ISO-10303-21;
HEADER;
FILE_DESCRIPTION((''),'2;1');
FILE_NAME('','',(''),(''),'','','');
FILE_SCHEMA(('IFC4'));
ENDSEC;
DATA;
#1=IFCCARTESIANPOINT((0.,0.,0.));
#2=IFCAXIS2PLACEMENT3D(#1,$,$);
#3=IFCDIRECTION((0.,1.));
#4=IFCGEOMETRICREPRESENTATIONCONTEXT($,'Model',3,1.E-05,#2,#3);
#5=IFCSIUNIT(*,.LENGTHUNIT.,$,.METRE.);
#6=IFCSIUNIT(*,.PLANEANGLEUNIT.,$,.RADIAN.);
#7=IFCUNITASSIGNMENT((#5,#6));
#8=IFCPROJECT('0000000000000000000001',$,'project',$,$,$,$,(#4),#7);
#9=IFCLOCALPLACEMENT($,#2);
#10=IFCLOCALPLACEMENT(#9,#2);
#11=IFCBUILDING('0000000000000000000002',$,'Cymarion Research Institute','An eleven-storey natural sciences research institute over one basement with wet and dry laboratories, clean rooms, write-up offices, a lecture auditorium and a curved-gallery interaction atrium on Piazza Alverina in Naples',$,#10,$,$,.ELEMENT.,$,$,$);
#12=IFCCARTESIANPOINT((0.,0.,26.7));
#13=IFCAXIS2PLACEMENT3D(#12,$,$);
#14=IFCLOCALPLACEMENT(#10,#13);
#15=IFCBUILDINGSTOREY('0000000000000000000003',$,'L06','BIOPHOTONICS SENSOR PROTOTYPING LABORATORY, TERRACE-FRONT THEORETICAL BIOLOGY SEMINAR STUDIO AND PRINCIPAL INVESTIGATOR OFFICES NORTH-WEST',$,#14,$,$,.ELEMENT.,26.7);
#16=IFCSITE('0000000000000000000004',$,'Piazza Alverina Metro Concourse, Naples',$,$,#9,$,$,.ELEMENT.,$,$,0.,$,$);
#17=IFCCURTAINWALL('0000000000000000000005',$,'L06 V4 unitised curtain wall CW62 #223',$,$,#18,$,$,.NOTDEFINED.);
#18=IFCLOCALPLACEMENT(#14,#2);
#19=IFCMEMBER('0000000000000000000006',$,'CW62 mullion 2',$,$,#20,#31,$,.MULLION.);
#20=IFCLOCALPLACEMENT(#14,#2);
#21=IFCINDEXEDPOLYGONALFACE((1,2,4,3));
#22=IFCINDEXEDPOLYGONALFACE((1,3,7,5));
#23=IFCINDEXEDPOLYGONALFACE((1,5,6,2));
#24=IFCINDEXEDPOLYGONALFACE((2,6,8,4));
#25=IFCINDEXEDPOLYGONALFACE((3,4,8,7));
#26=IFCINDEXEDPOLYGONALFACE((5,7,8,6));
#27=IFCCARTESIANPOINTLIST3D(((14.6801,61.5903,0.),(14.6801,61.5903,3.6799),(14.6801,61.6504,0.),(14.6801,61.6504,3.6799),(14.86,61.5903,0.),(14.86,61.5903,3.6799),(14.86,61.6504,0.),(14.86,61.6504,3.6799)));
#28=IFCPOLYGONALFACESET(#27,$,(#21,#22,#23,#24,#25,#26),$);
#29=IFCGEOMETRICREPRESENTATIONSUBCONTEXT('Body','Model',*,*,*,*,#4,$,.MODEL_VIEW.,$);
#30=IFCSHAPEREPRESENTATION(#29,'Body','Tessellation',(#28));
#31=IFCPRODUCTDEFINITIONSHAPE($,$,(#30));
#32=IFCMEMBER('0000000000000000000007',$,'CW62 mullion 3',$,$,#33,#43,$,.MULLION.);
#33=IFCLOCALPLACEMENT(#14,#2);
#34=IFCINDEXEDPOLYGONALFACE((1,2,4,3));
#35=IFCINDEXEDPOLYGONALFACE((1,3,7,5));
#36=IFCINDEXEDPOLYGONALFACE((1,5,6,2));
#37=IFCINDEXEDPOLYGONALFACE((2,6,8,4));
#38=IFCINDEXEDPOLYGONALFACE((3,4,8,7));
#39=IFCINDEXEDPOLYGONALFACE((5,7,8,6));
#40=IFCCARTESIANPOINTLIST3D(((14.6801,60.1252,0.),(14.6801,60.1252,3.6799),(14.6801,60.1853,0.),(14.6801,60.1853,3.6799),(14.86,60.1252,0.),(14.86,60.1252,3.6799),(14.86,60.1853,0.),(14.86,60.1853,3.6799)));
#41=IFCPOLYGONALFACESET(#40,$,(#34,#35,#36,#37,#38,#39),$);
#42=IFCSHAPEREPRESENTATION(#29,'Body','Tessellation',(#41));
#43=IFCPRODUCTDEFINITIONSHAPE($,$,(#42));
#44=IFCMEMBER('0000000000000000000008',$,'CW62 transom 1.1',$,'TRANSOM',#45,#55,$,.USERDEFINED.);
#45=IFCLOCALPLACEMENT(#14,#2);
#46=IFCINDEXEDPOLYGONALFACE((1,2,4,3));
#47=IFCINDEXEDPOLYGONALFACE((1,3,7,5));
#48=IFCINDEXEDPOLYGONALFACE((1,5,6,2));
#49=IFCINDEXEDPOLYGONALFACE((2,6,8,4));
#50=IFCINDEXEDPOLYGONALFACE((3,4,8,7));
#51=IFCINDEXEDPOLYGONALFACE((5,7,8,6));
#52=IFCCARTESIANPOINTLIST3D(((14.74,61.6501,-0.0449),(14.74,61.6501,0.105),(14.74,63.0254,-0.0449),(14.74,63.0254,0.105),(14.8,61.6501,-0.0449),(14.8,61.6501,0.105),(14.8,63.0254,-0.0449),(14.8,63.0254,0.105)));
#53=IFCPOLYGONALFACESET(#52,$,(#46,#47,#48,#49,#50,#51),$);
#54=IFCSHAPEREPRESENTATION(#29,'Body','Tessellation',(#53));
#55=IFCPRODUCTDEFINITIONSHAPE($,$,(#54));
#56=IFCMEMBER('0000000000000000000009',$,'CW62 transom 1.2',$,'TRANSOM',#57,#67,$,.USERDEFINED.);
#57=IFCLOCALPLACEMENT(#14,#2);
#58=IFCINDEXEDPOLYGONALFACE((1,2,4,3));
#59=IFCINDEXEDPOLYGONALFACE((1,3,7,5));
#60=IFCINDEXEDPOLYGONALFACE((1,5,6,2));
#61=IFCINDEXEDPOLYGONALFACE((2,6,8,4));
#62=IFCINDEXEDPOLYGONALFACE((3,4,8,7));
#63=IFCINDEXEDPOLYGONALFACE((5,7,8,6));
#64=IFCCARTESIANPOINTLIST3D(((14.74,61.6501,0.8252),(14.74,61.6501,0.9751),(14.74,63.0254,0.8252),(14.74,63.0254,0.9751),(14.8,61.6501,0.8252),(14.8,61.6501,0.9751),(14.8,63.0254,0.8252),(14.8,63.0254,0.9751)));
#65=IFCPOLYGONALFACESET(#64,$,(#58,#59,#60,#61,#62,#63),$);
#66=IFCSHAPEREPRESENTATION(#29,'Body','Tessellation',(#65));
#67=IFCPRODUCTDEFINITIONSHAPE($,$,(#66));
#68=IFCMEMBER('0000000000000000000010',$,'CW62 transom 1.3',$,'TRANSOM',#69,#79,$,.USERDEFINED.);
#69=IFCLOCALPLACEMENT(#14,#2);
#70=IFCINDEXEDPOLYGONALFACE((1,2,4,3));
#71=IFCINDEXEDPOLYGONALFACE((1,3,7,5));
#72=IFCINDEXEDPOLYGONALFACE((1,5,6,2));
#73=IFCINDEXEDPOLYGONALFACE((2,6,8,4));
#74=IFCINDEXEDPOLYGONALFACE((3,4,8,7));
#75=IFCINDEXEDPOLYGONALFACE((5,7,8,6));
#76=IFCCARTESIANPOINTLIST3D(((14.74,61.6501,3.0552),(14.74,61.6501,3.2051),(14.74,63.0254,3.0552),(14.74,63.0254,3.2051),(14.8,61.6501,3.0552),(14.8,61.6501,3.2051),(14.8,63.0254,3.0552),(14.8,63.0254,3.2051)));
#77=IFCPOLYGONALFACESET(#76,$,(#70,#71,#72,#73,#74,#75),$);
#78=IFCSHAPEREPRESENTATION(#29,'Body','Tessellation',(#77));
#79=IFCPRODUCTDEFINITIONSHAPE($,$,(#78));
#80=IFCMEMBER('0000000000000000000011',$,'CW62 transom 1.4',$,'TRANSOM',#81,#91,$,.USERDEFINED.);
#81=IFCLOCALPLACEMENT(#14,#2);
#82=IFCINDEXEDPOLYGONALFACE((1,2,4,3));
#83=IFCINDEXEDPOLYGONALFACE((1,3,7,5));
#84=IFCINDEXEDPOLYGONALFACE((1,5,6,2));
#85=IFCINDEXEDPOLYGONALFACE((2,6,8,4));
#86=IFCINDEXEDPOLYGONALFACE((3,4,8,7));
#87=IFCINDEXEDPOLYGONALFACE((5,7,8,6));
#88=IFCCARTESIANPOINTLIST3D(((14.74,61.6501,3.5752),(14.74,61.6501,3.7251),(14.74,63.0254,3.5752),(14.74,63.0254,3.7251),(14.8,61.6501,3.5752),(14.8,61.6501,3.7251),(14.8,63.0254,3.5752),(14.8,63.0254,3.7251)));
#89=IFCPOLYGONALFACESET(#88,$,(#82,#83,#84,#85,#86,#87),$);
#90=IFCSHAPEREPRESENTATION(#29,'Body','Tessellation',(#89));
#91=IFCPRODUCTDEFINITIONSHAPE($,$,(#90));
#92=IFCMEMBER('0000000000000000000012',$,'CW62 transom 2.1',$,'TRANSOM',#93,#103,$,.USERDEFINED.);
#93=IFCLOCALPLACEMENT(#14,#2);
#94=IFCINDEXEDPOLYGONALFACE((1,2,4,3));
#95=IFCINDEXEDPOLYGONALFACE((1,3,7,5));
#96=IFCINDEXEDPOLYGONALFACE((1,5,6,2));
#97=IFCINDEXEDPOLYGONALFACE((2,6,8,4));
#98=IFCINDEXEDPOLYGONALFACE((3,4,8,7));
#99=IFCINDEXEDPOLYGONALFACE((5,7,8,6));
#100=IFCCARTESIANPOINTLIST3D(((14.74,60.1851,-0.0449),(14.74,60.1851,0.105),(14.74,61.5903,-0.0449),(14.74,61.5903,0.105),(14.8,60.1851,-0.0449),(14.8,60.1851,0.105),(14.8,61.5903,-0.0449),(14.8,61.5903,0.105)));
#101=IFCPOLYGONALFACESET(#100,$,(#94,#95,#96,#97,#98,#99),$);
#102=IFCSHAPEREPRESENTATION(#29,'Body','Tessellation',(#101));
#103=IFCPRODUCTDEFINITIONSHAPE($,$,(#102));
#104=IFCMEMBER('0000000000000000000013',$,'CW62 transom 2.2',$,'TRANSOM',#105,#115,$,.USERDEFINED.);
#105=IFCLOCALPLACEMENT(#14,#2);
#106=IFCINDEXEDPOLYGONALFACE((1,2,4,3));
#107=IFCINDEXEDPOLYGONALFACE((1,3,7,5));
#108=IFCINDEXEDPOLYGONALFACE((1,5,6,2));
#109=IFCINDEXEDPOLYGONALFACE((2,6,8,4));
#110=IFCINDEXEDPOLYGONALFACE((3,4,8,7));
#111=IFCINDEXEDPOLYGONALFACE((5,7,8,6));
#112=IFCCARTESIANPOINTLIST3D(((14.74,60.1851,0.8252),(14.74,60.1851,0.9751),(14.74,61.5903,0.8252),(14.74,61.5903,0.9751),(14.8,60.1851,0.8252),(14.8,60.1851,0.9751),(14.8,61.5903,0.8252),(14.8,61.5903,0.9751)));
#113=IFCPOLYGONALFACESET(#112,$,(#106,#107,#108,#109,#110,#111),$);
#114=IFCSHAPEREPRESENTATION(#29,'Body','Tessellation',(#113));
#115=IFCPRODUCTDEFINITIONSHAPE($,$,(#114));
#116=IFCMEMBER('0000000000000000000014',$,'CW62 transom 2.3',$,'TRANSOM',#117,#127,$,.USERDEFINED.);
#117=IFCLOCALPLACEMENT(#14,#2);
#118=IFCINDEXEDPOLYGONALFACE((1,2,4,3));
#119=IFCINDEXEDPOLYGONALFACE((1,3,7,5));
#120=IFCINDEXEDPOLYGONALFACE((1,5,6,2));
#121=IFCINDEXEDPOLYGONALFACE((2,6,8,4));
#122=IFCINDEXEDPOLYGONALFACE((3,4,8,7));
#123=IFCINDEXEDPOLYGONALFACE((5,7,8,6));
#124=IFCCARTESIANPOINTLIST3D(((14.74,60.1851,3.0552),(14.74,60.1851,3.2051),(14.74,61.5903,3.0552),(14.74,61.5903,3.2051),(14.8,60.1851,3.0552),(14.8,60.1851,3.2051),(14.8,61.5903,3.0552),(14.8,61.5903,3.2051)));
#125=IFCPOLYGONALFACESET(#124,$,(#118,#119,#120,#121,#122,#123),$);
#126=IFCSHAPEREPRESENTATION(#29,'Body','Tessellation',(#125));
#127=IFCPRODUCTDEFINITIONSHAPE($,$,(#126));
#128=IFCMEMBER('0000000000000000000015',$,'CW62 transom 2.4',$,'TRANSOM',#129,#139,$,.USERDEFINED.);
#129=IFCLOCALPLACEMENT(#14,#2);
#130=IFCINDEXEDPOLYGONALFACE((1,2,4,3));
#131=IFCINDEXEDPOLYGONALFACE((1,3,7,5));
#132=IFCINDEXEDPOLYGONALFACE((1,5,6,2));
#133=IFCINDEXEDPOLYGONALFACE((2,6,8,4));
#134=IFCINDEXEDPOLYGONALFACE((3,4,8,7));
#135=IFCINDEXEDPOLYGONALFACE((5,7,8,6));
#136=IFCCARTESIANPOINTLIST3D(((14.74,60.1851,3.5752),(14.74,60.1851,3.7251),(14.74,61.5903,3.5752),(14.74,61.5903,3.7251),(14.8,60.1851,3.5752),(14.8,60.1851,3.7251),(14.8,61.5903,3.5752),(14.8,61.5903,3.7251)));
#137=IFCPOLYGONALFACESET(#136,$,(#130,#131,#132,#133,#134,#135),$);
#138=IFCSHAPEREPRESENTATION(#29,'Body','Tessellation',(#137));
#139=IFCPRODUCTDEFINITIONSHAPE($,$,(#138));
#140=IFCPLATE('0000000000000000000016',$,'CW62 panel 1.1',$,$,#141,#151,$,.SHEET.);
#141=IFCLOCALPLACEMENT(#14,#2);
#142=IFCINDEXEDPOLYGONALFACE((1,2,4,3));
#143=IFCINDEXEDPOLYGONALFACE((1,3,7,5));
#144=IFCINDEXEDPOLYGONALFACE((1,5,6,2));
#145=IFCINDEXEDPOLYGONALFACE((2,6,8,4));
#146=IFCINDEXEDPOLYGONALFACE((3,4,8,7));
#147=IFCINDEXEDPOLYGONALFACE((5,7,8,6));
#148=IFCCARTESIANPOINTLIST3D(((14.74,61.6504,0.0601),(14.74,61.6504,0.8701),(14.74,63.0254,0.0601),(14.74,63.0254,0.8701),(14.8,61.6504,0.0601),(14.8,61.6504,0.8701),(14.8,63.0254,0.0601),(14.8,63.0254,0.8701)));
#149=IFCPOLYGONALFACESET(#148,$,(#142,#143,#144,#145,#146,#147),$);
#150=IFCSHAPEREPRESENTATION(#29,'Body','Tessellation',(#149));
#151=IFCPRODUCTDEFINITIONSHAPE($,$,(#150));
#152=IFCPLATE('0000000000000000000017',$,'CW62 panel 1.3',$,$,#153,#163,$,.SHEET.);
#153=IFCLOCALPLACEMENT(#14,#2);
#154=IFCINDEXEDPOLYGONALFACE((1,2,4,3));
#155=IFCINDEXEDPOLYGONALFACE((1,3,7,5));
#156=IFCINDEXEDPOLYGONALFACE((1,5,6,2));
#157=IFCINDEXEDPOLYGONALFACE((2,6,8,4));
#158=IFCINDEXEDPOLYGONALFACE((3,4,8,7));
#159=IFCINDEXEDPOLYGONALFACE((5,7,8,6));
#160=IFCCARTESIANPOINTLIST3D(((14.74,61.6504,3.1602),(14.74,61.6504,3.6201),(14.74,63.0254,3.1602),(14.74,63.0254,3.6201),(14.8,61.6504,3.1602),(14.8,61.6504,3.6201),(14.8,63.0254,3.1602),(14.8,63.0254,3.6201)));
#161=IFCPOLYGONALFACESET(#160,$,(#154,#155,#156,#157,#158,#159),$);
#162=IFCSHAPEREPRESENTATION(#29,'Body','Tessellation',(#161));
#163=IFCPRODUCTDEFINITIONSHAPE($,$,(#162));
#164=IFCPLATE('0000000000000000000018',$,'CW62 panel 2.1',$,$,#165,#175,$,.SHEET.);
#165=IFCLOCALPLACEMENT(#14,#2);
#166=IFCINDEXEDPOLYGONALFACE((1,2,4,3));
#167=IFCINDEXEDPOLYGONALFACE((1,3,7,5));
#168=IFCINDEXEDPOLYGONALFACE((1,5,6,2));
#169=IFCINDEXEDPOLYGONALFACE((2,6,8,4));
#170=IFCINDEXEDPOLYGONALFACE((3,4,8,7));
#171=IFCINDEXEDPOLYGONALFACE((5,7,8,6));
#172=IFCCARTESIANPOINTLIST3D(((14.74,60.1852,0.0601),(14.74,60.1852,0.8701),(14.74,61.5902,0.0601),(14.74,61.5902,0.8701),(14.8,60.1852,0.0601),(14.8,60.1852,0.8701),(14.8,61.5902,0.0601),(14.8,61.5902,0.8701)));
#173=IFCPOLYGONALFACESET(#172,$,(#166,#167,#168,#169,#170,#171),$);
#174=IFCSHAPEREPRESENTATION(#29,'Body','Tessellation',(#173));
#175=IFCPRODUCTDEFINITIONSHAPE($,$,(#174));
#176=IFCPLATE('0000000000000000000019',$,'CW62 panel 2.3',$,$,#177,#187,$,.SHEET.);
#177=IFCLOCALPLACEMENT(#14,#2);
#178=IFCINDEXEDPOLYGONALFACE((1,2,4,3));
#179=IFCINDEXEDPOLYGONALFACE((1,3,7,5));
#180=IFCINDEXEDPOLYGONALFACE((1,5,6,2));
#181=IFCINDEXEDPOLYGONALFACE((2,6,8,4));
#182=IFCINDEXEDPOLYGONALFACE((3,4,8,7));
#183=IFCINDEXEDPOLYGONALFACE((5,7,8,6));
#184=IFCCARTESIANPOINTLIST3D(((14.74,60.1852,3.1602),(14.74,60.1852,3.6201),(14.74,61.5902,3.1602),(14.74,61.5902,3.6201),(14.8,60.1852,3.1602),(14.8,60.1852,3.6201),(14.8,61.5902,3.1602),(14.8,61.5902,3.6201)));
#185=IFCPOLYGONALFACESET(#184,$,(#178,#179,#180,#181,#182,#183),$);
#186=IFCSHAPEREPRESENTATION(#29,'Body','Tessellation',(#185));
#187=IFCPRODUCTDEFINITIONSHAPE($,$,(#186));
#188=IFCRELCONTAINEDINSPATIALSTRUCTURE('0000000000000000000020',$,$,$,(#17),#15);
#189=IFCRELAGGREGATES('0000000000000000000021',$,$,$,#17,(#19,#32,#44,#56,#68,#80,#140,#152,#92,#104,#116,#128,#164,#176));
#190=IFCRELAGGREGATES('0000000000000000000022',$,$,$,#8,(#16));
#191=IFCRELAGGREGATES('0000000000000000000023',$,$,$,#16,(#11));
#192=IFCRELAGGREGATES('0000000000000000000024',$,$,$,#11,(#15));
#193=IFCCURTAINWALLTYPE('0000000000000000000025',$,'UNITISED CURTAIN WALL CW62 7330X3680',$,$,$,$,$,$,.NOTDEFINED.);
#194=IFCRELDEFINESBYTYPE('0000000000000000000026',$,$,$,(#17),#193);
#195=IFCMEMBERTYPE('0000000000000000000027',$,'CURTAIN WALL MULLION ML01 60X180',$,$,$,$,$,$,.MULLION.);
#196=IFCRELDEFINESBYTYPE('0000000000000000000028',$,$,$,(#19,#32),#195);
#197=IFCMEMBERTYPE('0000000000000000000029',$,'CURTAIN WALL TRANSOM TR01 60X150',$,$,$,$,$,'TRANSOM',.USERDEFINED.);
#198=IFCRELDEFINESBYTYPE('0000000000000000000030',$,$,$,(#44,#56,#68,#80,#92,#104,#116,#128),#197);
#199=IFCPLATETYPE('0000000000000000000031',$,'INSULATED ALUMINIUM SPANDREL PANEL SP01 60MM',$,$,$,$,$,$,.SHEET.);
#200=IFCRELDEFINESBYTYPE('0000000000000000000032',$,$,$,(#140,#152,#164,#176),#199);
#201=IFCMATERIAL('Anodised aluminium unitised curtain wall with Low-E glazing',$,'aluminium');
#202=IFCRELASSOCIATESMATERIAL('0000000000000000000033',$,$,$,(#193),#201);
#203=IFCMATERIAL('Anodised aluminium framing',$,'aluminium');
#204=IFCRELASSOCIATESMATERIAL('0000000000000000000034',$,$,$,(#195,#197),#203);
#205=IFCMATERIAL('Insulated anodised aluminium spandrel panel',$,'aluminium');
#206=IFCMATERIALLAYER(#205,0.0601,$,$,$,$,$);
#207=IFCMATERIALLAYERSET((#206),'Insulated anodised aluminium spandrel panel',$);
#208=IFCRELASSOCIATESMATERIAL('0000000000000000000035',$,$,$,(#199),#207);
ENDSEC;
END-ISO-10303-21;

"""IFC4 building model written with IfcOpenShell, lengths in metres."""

from ifc_helpers import new_model, si_unit, direction, frame, origin, origin_2d, place, context, subcontext, project, spatial, rectangle, extrude, material, layer, layer_set, material_profile, profile_set, type_object, element, aggregate, save


model = new_model("IFC4")

# Units and contexts
model_context = context("Model", 3, precision=1e-05, world=origin(), true_north=direction((0.0, 1.0)))
body_context = subcontext(model_context, "Body", "Model", "MODEL_VIEW")
ifc_project = project(units=[si_unit("LENGTHUNIT", "METRE"), si_unit("PLANEANGLEUNIT", "RADIAN")], contexts=[model_context])

# Site, building, storey
site_placement = place(None, origin())
site = spatial("IfcSite", under=ifc_project, at=site_placement, Name="Piazza Alverina Metro Concourse, Naples", CompositionType="ELEMENT", RefElevation=0.0)
building_placement = place(site_placement, origin())
building = spatial("IfcBuilding", under=site, at=building_placement, Name="Cymarion Research Institute", Description="An eleven-storey natural sciences research institute over one basement with wet and dry laboratories, clean rooms, write-up offices, a lecture auditorium and a curved-gallery interaction atrium on Piazza Alverina in Naples", CompositionType="ELEMENT")
storey_placement = place(building_placement, frame((0.0, 0.0, 26.7)))
storey = spatial("IfcBuildingStorey", under=building, at=storey_placement, Name="L06", Description="BIOPHOTONICS SENSOR PROTOTYPING LABORATORY, TERRACE-FRONT THEORETICAL BIOLOGY SEMINAR STUDIO AND PRINCIPAL INVESTIGATOR OFFICES NORTH-WEST", CompositionType="ELEMENT", Elevation=26.7)

# Curtain wall, members, plates
ifc_material_1 = material(Name="Anodised aluminium unitised curtain wall with Low-E glazing", Category="aluminium")
curtain_wall_type = type_object("IfcCurtainWallType", Name="UNITISED CURTAIN WALL CW62 7330X3680", PredefinedType="NOTDEFINED", material=ifc_material_1)
curtain_wall_placement = place(storey_placement, origin())
curtain_wall = element("IfcCurtainWall", 1, at=curtain_wall_placement, inside=storey, type_object=curtain_wall_type, Name="L06 V4 unitised curtain wall CW62 #223", PredefinedType="NOTDEFINED")
ifc_material_2 = material(Name="Anodised aluminium framing", Category="aluminium")
ifc_material_profile_1 = material_profile(ifc_material_2, rectangle(XDim=0.0601, YDim=0.1799, at=origin_2d()), Name="ALU MULLION 60x180")
ifc_profile_set_1 = profile_set([ifc_material_profile_1], Name="Anodised aluminium framing")
member_type_1 = type_object("IfcMemberType", Name="CURTAIN WALL MULLION ML01 60X180", PredefinedType="MULLION", material=ifc_profile_set_1)
member_1_placement = place(storey_placement, frame((14.77, 61.6204, 0.0), z_axis=(0.0, 0.0, 1.0), x_axis=(0.0, -1.0, 0.0)))
member_1 = element("IfcMember", 2, at=member_1_placement, type_object=member_type_1, Name="CW62 mullion 2", PredefinedType="MULLION", context=body_context, shape_type="SweptSolid", body=[
    extrude(rectangle(XDim=0.0601, YDim=0.1799, at=origin_2d()), origin(), (0.0, 0.0, 1.0), 3.6799),
])
member_2_placement = place(storey_placement, frame((14.77, 60.1553, 0.0), z_axis=(0.0, 0.0, 1.0), x_axis=(0.0, -1.0, 0.0)))
member_2 = element("IfcMember", 3, at=member_2_placement, type_object=member_type_1, Name="CW62 mullion 3", PredefinedType="MULLION", context=body_context, shape_type="SweptSolid", body=[
    extrude(rectangle(XDim=0.0601, YDim=0.1799, at=origin_2d()), origin(), (0.0, 0.0, 1.0), 3.6799),
])
ifc_material_profile_2 = material_profile(ifc_material_2, rectangle(XDim=0.0601, YDim=0.1499, at=origin_2d()), Name="ALU TRANSOM 60x150")
ifc_profile_set_2 = profile_set([ifc_material_profile_2], Name="Anodised aluminium framing")
member_type_2 = type_object("IfcMemberType", Name="CURTAIN WALL TRANSOM TR01 60X150", ElementType="TRANSOM", PredefinedType="USERDEFINED", material=ifc_profile_set_2)
member_3_placement = place(storey_placement, frame((14.77, 63.0254, 0.03), z_axis=(0.0, -1.0, 0.0), x_axis=(1.0, 0.0, 0.0)))
member_3 = element("IfcMember", 4, at=member_3_placement, type_object=member_type_2, Name="CW62 transom 1.1", ObjectType="TRANSOM", PredefinedType="USERDEFINED", context=body_context, shape_type="SweptSolid", body=[
    extrude(rectangle(XDim=0.0601, YDim=0.1499, at=origin_2d()), origin(), (0.0, 0.0, 1.0), 1.3752),
])
member_4_placement = place(storey_placement, frame((14.77, 63.0254, 0.9001), z_axis=(0.0, -1.0, 0.0), x_axis=(1.0, 0.0, 0.0)))
member_4 = element("IfcMember", 5, at=member_4_placement, type_object=member_type_2, Name="CW62 transom 1.2", ObjectType="TRANSOM", PredefinedType="USERDEFINED", context=body_context, shape_type="SweptSolid", body=[
    extrude(rectangle(XDim=0.0601, YDim=0.1499, at=origin_2d()), origin(), (0.0, 0.0, 1.0), 1.3752),
])
member_5_placement = place(storey_placement, frame((14.77, 63.0254, 3.1301), z_axis=(0.0, -1.0, 0.0), x_axis=(1.0, 0.0, 0.0)))
member_5 = element("IfcMember", 6, at=member_5_placement, type_object=member_type_2, Name="CW62 transom 1.3", ObjectType="TRANSOM", PredefinedType="USERDEFINED", context=body_context, shape_type="SweptSolid", body=[
    extrude(rectangle(XDim=0.0601, YDim=0.1499, at=origin_2d()), origin(), (0.0, 0.0, 1.0), 1.3752),
])
member_6_placement = place(storey_placement, frame((14.77, 63.0254, 3.6501), z_axis=(0.0, -1.0, 0.0), x_axis=(1.0, 0.0, 0.0)))
member_6 = element("IfcMember", 7, at=member_6_placement, type_object=member_type_2, Name="CW62 transom 1.4", ObjectType="TRANSOM", PredefinedType="USERDEFINED", context=body_context, shape_type="SweptSolid", body=[
    extrude(rectangle(XDim=0.0601, YDim=0.1499, at=origin_2d()), origin(), (0.0, 0.0, 1.0), 1.3752),
])
member_7_placement = place(storey_placement, frame((14.77, 61.5903, 0.03), z_axis=(0.0, -1.0, 0.0), x_axis=(1.0, 0.0, 0.0)))
member_7 = element("IfcMember", 8, at=member_7_placement, type_object=member_type_2, Name="CW62 transom 2.1", ObjectType="TRANSOM", PredefinedType="USERDEFINED", context=body_context, shape_type="SweptSolid", body=[
    extrude(rectangle(XDim=0.0601, YDim=0.1499, at=origin_2d()), origin(), (0.0, 0.0, 1.0), 1.4053),
])
member_8_placement = place(storey_placement, frame((14.77, 61.5903, 0.9001), z_axis=(0.0, -1.0, 0.0), x_axis=(1.0, 0.0, 0.0)))
member_8 = element("IfcMember", 9, at=member_8_placement, type_object=member_type_2, Name="CW62 transom 2.2", ObjectType="TRANSOM", PredefinedType="USERDEFINED", context=body_context, shape_type="SweptSolid", body=[
    extrude(rectangle(XDim=0.0601, YDim=0.1499, at=origin_2d()), origin(), (0.0, 0.0, 1.0), 1.4053),
])
member_9_placement = place(storey_placement, frame((14.77, 61.5903, 3.1301), z_axis=(0.0, -1.0, 0.0), x_axis=(1.0, 0.0, 0.0)))
member_9 = element("IfcMember", 10, at=member_9_placement, type_object=member_type_2, Name="CW62 transom 2.3", ObjectType="TRANSOM", PredefinedType="USERDEFINED", context=body_context, shape_type="SweptSolid", body=[
    extrude(rectangle(XDim=0.0601, YDim=0.1499, at=origin_2d()), origin(), (0.0, 0.0, 1.0), 1.4053),
])
member_10_placement = place(storey_placement, frame((14.77, 61.5903, 3.6501), z_axis=(0.0, -1.0, 0.0), x_axis=(1.0, 0.0, 0.0)))
member_10 = element("IfcMember", 11, at=member_10_placement, type_object=member_type_2, Name="CW62 transom 2.4", ObjectType="TRANSOM", PredefinedType="USERDEFINED", context=body_context, shape_type="SweptSolid", body=[
    extrude(rectangle(XDim=0.0601, YDim=0.1499, at=origin_2d()), origin(), (0.0, 0.0, 1.0), 1.4053),
])
ifc_material_3 = material(Name="Insulated anodised aluminium spandrel panel", Category="aluminium")
ifc_layer_1 = layer(ifc_material_3, 0.0601)
ifc_layer_set_1 = layer_set([ifc_layer_1], Name="Insulated anodised aluminium spandrel panel")
plate_type_1 = type_object("IfcPlateType", Name="INSULATED ALUMINIUM SPANDREL PANEL SP01 60MM", PredefinedType="SHEET", material=ifc_layer_set_1)
plate_1_placement = place(storey_placement, frame((14.77, 62.3379, 0.0601), z_axis=(0.0, 0.0, 1.0), x_axis=(0.0, -1.0, 0.0)))
plate_1 = element("IfcPlate", 12, at=plate_1_placement, type_object=plate_type_1, Name="CW62 panel 1.1", PredefinedType="SHEET", context=body_context, shape_type="SweptSolid", body=[
    extrude(rectangle(XDim=1.375, YDim=0.0601, at=origin_2d()), origin(), (0.0, 0.0, 1.0), 0.8101),
])
plate_2_placement = place(storey_placement, frame((14.77, 62.3379, 3.1602), z_axis=(0.0, 0.0, 1.0), x_axis=(0.0, -1.0, 0.0)))
plate_2 = element("IfcPlate", 13, at=plate_2_placement, type_object=plate_type_1, Name="CW62 panel 1.3", PredefinedType="SHEET", context=body_context, shape_type="SweptSolid", body=[
    extrude(rectangle(XDim=1.375, YDim=0.0601, at=origin_2d()), origin(), (0.0, 0.0, 1.0), 0.46),
])
plate_3_placement = place(storey_placement, frame((14.77, 60.8877, 0.0601), z_axis=(0.0, 0.0, 1.0), x_axis=(0.0, -1.0, 0.0)))
plate_3 = element("IfcPlate", 14, at=plate_3_placement, type_object=plate_type_1, Name="CW62 panel 2.1", PredefinedType="SHEET", context=body_context, shape_type="SweptSolid", body=[
    extrude(rectangle(XDim=1.405, YDim=0.0601, at=origin_2d()), origin(), (0.0, 0.0, 1.0), 0.8101),
])
plate_4_placement = place(storey_placement, frame((14.77, 60.8877, 3.1602), z_axis=(0.0, 0.0, 1.0), x_axis=(0.0, -1.0, 0.0)))
plate_4 = element("IfcPlate", 15, at=plate_4_placement, type_object=plate_type_1, Name="CW62 panel 2.3", PredefinedType="SHEET", context=body_context, shape_type="SweptSolid", body=[
    extrude(rectangle(XDim=1.405, YDim=0.0601, at=origin_2d()), origin(), (0.0, 0.0, 1.0), 0.46),
])
aggregate(curtain_wall, [member_1, member_2, member_3, member_4, member_5, member_6, plate_1, plate_2, member_7, member_8, member_9, member_10, plate_3, plate_4])

save(model, "model.ifc")
